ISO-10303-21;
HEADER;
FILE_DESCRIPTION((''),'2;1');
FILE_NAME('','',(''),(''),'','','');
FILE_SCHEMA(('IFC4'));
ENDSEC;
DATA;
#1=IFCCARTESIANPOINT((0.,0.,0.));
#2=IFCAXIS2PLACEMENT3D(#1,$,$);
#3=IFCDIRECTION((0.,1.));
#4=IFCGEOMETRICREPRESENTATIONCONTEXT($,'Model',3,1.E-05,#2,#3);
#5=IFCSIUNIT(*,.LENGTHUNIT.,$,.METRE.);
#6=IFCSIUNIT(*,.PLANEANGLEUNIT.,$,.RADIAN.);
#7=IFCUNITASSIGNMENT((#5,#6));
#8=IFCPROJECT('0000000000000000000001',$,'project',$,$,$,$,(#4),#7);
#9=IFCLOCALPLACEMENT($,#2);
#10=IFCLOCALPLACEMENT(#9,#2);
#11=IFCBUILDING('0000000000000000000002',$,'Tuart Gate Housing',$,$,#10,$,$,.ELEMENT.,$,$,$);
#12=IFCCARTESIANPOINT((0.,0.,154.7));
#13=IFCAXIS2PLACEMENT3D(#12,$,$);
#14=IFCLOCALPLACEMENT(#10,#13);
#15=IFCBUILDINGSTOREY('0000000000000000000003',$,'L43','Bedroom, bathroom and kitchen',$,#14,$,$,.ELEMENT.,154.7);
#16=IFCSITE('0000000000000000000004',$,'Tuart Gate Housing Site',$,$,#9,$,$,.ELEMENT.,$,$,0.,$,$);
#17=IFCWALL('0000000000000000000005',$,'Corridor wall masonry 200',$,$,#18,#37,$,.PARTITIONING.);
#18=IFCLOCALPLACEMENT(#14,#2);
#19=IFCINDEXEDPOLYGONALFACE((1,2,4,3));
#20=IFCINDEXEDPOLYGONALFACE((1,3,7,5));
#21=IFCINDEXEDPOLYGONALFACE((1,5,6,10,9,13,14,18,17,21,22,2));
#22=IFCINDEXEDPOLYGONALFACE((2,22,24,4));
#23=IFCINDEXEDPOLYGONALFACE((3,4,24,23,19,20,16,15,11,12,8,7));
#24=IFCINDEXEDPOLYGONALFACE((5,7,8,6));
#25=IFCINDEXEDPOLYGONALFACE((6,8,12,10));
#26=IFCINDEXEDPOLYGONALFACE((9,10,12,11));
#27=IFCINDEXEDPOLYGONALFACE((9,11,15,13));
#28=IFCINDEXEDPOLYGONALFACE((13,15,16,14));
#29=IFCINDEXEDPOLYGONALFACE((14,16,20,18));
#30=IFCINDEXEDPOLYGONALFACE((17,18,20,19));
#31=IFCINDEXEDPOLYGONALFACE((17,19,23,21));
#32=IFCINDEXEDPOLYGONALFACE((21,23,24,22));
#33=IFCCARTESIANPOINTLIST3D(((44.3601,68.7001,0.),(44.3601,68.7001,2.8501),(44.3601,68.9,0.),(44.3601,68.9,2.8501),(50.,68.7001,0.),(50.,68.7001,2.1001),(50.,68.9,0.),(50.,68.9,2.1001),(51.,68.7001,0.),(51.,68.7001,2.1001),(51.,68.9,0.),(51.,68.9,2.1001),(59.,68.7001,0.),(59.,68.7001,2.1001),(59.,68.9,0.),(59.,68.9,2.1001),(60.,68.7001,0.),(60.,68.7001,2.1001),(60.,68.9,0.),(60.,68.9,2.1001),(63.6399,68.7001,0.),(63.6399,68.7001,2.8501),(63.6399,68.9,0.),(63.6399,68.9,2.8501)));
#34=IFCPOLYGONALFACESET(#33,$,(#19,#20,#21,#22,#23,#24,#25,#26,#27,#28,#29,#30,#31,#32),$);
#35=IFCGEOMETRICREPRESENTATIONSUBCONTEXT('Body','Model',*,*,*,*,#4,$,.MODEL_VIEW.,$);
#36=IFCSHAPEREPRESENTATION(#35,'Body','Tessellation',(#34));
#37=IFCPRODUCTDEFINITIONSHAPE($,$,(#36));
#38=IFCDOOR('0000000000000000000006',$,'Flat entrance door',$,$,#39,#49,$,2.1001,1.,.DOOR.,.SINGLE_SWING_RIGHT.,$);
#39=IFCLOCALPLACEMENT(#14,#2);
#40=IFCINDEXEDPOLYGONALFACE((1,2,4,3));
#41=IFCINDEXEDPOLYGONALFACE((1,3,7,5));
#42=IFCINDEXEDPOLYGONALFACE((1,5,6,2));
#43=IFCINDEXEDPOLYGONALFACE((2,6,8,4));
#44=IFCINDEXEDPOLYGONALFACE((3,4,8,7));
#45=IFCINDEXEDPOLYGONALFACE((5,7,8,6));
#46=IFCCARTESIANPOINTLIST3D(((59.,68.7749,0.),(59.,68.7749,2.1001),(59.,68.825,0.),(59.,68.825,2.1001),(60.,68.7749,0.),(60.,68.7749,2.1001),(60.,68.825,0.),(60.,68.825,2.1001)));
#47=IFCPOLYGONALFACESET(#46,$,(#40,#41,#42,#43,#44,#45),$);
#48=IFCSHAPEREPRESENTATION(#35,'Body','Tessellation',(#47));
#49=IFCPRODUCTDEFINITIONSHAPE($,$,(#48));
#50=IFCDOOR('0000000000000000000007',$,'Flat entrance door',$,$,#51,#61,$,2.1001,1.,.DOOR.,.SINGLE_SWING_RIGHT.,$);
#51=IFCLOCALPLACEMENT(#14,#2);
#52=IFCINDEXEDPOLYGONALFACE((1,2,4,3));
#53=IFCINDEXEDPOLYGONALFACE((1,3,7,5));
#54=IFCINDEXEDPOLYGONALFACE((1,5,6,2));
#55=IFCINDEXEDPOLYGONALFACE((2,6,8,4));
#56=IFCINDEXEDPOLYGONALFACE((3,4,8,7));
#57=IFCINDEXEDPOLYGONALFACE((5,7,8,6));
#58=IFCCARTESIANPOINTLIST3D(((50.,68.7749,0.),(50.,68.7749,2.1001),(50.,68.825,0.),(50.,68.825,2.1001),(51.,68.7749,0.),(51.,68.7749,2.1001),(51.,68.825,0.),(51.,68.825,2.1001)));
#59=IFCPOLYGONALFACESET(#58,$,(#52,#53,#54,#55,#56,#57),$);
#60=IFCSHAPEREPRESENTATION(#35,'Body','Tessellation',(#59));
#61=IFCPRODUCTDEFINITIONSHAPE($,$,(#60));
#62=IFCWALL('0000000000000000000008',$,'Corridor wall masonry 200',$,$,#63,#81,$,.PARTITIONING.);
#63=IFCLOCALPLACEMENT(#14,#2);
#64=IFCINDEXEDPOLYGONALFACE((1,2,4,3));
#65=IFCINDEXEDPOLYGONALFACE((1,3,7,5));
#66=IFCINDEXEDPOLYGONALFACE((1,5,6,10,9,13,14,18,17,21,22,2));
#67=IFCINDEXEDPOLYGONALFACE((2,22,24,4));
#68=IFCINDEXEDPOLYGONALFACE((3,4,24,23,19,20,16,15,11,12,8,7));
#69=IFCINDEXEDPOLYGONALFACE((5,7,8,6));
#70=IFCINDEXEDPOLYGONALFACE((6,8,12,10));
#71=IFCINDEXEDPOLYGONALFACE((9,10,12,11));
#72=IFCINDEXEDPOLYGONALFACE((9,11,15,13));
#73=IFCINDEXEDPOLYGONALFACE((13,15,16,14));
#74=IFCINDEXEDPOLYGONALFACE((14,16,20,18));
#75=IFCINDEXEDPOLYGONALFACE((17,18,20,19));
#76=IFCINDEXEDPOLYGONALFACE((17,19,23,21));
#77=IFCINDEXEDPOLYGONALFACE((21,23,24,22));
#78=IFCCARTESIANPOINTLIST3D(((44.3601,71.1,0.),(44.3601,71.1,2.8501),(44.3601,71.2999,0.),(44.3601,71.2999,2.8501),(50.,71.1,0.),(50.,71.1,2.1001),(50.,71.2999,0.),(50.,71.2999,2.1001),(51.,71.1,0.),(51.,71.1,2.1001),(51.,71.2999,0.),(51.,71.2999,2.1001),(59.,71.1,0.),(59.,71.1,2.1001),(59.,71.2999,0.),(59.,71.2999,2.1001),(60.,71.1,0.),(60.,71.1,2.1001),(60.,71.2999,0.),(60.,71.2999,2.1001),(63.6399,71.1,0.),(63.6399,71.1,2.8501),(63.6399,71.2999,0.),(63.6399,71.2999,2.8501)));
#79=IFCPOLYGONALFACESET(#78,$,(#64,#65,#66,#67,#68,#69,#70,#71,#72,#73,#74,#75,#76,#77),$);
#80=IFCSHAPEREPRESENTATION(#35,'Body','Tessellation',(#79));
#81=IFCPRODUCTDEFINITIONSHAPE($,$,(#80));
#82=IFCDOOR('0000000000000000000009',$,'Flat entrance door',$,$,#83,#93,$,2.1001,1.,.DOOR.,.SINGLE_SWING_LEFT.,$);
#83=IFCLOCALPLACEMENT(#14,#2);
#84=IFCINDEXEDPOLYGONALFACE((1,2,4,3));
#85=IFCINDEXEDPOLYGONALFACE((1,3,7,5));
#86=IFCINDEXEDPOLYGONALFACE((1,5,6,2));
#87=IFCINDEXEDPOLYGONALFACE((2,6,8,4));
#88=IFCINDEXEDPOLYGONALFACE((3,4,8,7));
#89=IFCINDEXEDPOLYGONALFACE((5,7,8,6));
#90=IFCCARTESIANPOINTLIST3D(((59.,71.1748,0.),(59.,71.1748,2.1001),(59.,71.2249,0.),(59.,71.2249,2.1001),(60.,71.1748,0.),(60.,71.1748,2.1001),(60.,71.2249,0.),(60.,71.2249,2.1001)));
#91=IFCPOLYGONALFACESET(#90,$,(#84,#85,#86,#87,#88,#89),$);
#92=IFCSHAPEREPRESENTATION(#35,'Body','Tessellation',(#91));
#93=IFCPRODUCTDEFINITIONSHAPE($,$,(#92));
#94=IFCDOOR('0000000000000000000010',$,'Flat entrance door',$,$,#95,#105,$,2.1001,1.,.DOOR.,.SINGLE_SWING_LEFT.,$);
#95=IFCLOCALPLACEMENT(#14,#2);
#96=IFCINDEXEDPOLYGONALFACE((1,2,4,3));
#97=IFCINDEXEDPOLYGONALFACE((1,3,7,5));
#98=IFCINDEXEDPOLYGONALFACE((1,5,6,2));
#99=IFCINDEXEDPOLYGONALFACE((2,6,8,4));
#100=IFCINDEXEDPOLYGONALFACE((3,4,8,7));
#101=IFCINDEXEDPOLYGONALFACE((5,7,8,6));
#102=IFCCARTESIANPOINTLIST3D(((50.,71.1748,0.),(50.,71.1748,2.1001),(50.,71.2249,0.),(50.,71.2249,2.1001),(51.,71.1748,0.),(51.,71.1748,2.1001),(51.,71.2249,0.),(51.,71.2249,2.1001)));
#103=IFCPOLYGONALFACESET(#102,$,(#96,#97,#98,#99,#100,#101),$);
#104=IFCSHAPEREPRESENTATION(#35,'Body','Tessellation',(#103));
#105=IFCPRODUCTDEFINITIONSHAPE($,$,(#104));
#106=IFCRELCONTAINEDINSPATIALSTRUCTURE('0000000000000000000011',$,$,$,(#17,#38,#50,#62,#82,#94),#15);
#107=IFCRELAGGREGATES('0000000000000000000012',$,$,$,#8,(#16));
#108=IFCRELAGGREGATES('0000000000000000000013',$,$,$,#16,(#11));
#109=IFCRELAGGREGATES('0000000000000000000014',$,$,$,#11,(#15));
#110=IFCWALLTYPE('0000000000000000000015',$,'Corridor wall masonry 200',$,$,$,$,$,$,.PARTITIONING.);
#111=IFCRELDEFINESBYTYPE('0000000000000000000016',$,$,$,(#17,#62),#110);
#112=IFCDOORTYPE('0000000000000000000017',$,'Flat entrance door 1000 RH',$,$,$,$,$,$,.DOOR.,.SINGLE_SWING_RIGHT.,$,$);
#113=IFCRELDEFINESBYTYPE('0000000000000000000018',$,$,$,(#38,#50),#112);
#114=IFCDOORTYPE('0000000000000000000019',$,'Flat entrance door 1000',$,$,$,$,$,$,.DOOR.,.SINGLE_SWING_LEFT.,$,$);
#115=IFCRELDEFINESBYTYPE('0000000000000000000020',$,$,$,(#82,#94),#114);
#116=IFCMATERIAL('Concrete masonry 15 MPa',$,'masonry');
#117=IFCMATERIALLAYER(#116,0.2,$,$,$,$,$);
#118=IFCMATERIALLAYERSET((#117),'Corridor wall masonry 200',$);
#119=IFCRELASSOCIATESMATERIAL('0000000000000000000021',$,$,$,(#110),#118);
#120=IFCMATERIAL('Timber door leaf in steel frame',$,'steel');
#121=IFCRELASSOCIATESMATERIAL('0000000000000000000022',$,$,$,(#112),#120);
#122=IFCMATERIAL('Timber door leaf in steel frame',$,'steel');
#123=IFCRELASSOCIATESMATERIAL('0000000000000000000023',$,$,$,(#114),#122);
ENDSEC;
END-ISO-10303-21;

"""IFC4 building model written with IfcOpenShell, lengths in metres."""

from ifc_helpers import new_model, si_unit, direction, frame, frame_2d, origin, place, context, subcontext, project, spatial, rectangle, extrude, material, layer, layer_set, type_object, element, fill, save


model = new_model("IFC4")

# Units and contexts
model_context = context("Model", 3, precision=1e-05, world=origin(), true_north=direction((0.0, 1.0)))
body_context = subcontext(model_context, "Body", "Model", "MODEL_VIEW")
ifc_project = project(units=[si_unit("LENGTHUNIT", "METRE"), si_unit("PLANEANGLEUNIT", "RADIAN")], contexts=[model_context])

# Site, building, storey
site_placement = place(None, origin())
site = spatial("IfcSite", under=ifc_project, at=site_placement, Name="Tuart Gate Housing Site", CompositionType="ELEMENT", RefElevation=0.0)
building_placement = place(site_placement, origin())
building = spatial("IfcBuilding", under=site, at=building_placement, Name="Tuart Gate Housing", CompositionType="ELEMENT")
storey_placement = place(building_placement, frame((0.0, 0.0, 154.7)))
storey = spatial("IfcBuildingStorey", under=building, at=storey_placement, Name="L43", Description="Bedroom, bathroom and kitchen", CompositionType="ELEMENT", Elevation=154.7)

# Walls, openings, doors
ifc_material_1 = material(Name="Concrete masonry 15 MPa", Category="masonry")
ifc_layer_1 = layer(ifc_material_1, 0.2)
ifc_layer_set_1 = layer_set([ifc_layer_1], Name="Corridor wall masonry 200")
wall_type_1 = type_object("IfcWallType", Name="Corridor wall masonry 200", PredefinedType="PARTITIONING", material=ifc_layer_set_1)
wall_1_placement = place(storey_placement, frame((44.3601, 68.8, 0.0), z_axis=(0.0, 0.0, 1.0), x_axis=(1.0, 0.0, 0.0)))
wall_1 = element("IfcWall", 1, at=wall_1_placement, inside=storey, type_object=wall_type_1, Name="Corridor wall masonry 200", PredefinedType="PARTITIONING", context=body_context, shape_type="SweptSolid", body=[
    extrude(rectangle(XDim=19.2798, YDim=0.2, at=frame_2d((9.6399, 0.0))), origin(), (0.0, 0.0, 1.0), 2.8501),
])
opening_1_placement = place(wall_1_placement, frame((14.6399, 0.0, 0.0)))
opening_1 = element("IfcOpeningElement", 2, at=opening_1_placement, cuts=wall_1, PredefinedType="OPENING", context=body_context, shape_type="SweptSolid", body=[
    extrude(rectangle(XDim=1.0, YDim=2.1001, at=frame_2d((0.5, 1.05))), frame((0.0, 0.1099, 0.0), z_axis=(0.0, -1.0, 0.0), x_axis=(1.0, 0.0, 0.0)), (0.0, 0.0, 1.0), 0.22),
])
opening_2_placement = place(wall_1_placement, frame((5.6399, 0.0, 0.0)))
opening_2 = element("IfcOpeningElement", 3, at=opening_2_placement, cuts=wall_1, PredefinedType="OPENING", context=body_context, shape_type="SweptSolid", body=[
    extrude(rectangle(XDim=1.0, YDim=2.1001, at=frame_2d((0.5, 1.05))), frame((0.0, 0.1099, 0.0), z_axis=(0.0, -1.0, 0.0), x_axis=(1.0, 0.0, 0.0)), (0.0, 0.0, 1.0), 0.22),
])
ifc_material_2 = material(Name="Timber door leaf in steel frame", Category="steel")
door_type_1 = type_object("IfcDoorType", Name="Flat entrance door 1000 RH", OperationType="SINGLE_SWING_RIGHT", PredefinedType="DOOR", material=ifc_material_2)
door_1_placement = place(opening_1_placement, frame((1.0, 0.0, 0.0), z_axis=(0.0, 0.0, 1.0), x_axis=(-1.0, 0.0, 0.0)))
door_1 = element("IfcDoor", 4, at=door_1_placement, inside=storey, type_object=door_type_1, Name="Flat entrance door", OperationType="SINGLE_SWING_RIGHT", OverallHeight=2.1001, OverallWidth=1.0, PredefinedType="DOOR", context=body_context, shape_type="SweptSolid", body=[
    extrude(rectangle(XDim=1.0, YDim=2.1001, at=frame_2d((0.5, 1.05))), frame((0.0, 0.0251, 0.0), z_axis=(0.0, -1.0, 0.0), x_axis=(1.0, 0.0, 0.0)), (0.0, 0.0, 1.0), 0.05),
])
fill(opening_1, door_1)
door_2_placement = place(opening_2_placement, frame((1.0, 0.0, 0.0), z_axis=(0.0, 0.0, 1.0), x_axis=(-1.0, 0.0, 0.0)))
door_2 = element("IfcDoor", 5, at=door_2_placement, inside=storey, type_object=door_type_1, Name="Flat entrance door", OperationType="SINGLE_SWING_RIGHT", OverallHeight=2.1001, OverallWidth=1.0, PredefinedType="DOOR", context=body_context, shape_type="SweptSolid", body=[
    extrude(rectangle(XDim=1.0, YDim=2.1001, at=frame_2d((0.5, 1.05))), frame((0.0, 0.0251, 0.0), z_axis=(0.0, -1.0, 0.0), x_axis=(1.0, 0.0, 0.0)), (0.0, 0.0, 1.0), 0.05),
])
fill(opening_2, door_2)
wall_2_placement = place(storey_placement, frame((44.3601, 71.2, 0.0), z_axis=(0.0, 0.0, 1.0), x_axis=(1.0, 0.0, 0.0)))
wall_2 = element("IfcWall", 6, at=wall_2_placement, inside=storey, type_object=wall_type_1, Name="Corridor wall masonry 200", PredefinedType="PARTITIONING", context=body_context, shape_type="SweptSolid", body=[
    extrude(rectangle(XDim=19.2798, YDim=0.2, at=frame_2d((9.6399, 0.0))), origin(), (0.0, 0.0, 1.0), 2.8501),
])
opening_3_placement = place(wall_2_placement, frame((14.6399, 0.0, 0.0)))
opening_3 = element("IfcOpeningElement", 7, at=opening_3_placement, cuts=wall_2, PredefinedType="OPENING", context=body_context, shape_type="SweptSolid", body=[
    extrude(rectangle(XDim=1.0, YDim=2.1001, at=frame_2d((0.5, 1.05))), frame((0.0, 0.1099, 0.0), z_axis=(0.0, -1.0, 0.0), x_axis=(1.0, 0.0, 0.0)), (0.0, 0.0, 1.0), 0.22),
])
opening_4_placement = place(wall_2_placement, frame((5.6399, 0.0, 0.0)))
opening_4 = element("IfcOpeningElement", 8, at=opening_4_placement, cuts=wall_2, PredefinedType="OPENING", context=body_context, shape_type="SweptSolid", body=[
    extrude(rectangle(XDim=1.0, YDim=2.1001, at=frame_2d((0.5, 1.05))), frame((0.0, 0.1099, 0.0), z_axis=(0.0, -1.0, 0.0), x_axis=(1.0, 0.0, 0.0)), (0.0, 0.0, 1.0), 0.22),
])
ifc_material_3 = material(Name="Timber door leaf in steel frame", Category="steel")
door_type_2 = type_object("IfcDoorType", Name="Flat entrance door 1000", OperationType="SINGLE_SWING_LEFT", PredefinedType="DOOR", material=ifc_material_3)
door_3_placement = place(opening_3_placement, origin())
door_3 = element("IfcDoor", 9, at=door_3_placement, inside=storey, type_object=door_type_2, Name="Flat entrance door", OperationType="SINGLE_SWING_LEFT", OverallHeight=2.1001, OverallWidth=1.0, PredefinedType="DOOR", context=body_context, shape_type="SweptSolid", body=[
    extrude(rectangle(XDim=1.0, YDim=2.1001, at=frame_2d((0.5, 1.05))), frame((0.0, 0.0249, 0.0), z_axis=(0.0, -1.0, 0.0), x_axis=(1.0, 0.0, 0.0)), (0.0, 0.0, 1.0), 0.05),
])
fill(opening_3, door_3)
door_4_placement = place(opening_4_placement, origin())
door_4 = element("IfcDoor", 10, at=door_4_placement, inside=storey, type_object=door_type_2, Name="Flat entrance door", OperationType="SINGLE_SWING_LEFT", OverallHeight=2.1001, OverallWidth=1.0, PredefinedType="DOOR", context=body_context, shape_type="SweptSolid", body=[
    extrude(rectangle(XDim=1.0, YDim=2.1001, at=frame_2d((0.5, 1.05))), frame((0.0, 0.0249, 0.0), z_axis=(0.0, -1.0, 0.0), x_axis=(1.0, 0.0, 0.0)), (0.0, 0.0, 1.0), 0.05),
])
fill(opening_4, door_4)

save(model, "model.ifc")
